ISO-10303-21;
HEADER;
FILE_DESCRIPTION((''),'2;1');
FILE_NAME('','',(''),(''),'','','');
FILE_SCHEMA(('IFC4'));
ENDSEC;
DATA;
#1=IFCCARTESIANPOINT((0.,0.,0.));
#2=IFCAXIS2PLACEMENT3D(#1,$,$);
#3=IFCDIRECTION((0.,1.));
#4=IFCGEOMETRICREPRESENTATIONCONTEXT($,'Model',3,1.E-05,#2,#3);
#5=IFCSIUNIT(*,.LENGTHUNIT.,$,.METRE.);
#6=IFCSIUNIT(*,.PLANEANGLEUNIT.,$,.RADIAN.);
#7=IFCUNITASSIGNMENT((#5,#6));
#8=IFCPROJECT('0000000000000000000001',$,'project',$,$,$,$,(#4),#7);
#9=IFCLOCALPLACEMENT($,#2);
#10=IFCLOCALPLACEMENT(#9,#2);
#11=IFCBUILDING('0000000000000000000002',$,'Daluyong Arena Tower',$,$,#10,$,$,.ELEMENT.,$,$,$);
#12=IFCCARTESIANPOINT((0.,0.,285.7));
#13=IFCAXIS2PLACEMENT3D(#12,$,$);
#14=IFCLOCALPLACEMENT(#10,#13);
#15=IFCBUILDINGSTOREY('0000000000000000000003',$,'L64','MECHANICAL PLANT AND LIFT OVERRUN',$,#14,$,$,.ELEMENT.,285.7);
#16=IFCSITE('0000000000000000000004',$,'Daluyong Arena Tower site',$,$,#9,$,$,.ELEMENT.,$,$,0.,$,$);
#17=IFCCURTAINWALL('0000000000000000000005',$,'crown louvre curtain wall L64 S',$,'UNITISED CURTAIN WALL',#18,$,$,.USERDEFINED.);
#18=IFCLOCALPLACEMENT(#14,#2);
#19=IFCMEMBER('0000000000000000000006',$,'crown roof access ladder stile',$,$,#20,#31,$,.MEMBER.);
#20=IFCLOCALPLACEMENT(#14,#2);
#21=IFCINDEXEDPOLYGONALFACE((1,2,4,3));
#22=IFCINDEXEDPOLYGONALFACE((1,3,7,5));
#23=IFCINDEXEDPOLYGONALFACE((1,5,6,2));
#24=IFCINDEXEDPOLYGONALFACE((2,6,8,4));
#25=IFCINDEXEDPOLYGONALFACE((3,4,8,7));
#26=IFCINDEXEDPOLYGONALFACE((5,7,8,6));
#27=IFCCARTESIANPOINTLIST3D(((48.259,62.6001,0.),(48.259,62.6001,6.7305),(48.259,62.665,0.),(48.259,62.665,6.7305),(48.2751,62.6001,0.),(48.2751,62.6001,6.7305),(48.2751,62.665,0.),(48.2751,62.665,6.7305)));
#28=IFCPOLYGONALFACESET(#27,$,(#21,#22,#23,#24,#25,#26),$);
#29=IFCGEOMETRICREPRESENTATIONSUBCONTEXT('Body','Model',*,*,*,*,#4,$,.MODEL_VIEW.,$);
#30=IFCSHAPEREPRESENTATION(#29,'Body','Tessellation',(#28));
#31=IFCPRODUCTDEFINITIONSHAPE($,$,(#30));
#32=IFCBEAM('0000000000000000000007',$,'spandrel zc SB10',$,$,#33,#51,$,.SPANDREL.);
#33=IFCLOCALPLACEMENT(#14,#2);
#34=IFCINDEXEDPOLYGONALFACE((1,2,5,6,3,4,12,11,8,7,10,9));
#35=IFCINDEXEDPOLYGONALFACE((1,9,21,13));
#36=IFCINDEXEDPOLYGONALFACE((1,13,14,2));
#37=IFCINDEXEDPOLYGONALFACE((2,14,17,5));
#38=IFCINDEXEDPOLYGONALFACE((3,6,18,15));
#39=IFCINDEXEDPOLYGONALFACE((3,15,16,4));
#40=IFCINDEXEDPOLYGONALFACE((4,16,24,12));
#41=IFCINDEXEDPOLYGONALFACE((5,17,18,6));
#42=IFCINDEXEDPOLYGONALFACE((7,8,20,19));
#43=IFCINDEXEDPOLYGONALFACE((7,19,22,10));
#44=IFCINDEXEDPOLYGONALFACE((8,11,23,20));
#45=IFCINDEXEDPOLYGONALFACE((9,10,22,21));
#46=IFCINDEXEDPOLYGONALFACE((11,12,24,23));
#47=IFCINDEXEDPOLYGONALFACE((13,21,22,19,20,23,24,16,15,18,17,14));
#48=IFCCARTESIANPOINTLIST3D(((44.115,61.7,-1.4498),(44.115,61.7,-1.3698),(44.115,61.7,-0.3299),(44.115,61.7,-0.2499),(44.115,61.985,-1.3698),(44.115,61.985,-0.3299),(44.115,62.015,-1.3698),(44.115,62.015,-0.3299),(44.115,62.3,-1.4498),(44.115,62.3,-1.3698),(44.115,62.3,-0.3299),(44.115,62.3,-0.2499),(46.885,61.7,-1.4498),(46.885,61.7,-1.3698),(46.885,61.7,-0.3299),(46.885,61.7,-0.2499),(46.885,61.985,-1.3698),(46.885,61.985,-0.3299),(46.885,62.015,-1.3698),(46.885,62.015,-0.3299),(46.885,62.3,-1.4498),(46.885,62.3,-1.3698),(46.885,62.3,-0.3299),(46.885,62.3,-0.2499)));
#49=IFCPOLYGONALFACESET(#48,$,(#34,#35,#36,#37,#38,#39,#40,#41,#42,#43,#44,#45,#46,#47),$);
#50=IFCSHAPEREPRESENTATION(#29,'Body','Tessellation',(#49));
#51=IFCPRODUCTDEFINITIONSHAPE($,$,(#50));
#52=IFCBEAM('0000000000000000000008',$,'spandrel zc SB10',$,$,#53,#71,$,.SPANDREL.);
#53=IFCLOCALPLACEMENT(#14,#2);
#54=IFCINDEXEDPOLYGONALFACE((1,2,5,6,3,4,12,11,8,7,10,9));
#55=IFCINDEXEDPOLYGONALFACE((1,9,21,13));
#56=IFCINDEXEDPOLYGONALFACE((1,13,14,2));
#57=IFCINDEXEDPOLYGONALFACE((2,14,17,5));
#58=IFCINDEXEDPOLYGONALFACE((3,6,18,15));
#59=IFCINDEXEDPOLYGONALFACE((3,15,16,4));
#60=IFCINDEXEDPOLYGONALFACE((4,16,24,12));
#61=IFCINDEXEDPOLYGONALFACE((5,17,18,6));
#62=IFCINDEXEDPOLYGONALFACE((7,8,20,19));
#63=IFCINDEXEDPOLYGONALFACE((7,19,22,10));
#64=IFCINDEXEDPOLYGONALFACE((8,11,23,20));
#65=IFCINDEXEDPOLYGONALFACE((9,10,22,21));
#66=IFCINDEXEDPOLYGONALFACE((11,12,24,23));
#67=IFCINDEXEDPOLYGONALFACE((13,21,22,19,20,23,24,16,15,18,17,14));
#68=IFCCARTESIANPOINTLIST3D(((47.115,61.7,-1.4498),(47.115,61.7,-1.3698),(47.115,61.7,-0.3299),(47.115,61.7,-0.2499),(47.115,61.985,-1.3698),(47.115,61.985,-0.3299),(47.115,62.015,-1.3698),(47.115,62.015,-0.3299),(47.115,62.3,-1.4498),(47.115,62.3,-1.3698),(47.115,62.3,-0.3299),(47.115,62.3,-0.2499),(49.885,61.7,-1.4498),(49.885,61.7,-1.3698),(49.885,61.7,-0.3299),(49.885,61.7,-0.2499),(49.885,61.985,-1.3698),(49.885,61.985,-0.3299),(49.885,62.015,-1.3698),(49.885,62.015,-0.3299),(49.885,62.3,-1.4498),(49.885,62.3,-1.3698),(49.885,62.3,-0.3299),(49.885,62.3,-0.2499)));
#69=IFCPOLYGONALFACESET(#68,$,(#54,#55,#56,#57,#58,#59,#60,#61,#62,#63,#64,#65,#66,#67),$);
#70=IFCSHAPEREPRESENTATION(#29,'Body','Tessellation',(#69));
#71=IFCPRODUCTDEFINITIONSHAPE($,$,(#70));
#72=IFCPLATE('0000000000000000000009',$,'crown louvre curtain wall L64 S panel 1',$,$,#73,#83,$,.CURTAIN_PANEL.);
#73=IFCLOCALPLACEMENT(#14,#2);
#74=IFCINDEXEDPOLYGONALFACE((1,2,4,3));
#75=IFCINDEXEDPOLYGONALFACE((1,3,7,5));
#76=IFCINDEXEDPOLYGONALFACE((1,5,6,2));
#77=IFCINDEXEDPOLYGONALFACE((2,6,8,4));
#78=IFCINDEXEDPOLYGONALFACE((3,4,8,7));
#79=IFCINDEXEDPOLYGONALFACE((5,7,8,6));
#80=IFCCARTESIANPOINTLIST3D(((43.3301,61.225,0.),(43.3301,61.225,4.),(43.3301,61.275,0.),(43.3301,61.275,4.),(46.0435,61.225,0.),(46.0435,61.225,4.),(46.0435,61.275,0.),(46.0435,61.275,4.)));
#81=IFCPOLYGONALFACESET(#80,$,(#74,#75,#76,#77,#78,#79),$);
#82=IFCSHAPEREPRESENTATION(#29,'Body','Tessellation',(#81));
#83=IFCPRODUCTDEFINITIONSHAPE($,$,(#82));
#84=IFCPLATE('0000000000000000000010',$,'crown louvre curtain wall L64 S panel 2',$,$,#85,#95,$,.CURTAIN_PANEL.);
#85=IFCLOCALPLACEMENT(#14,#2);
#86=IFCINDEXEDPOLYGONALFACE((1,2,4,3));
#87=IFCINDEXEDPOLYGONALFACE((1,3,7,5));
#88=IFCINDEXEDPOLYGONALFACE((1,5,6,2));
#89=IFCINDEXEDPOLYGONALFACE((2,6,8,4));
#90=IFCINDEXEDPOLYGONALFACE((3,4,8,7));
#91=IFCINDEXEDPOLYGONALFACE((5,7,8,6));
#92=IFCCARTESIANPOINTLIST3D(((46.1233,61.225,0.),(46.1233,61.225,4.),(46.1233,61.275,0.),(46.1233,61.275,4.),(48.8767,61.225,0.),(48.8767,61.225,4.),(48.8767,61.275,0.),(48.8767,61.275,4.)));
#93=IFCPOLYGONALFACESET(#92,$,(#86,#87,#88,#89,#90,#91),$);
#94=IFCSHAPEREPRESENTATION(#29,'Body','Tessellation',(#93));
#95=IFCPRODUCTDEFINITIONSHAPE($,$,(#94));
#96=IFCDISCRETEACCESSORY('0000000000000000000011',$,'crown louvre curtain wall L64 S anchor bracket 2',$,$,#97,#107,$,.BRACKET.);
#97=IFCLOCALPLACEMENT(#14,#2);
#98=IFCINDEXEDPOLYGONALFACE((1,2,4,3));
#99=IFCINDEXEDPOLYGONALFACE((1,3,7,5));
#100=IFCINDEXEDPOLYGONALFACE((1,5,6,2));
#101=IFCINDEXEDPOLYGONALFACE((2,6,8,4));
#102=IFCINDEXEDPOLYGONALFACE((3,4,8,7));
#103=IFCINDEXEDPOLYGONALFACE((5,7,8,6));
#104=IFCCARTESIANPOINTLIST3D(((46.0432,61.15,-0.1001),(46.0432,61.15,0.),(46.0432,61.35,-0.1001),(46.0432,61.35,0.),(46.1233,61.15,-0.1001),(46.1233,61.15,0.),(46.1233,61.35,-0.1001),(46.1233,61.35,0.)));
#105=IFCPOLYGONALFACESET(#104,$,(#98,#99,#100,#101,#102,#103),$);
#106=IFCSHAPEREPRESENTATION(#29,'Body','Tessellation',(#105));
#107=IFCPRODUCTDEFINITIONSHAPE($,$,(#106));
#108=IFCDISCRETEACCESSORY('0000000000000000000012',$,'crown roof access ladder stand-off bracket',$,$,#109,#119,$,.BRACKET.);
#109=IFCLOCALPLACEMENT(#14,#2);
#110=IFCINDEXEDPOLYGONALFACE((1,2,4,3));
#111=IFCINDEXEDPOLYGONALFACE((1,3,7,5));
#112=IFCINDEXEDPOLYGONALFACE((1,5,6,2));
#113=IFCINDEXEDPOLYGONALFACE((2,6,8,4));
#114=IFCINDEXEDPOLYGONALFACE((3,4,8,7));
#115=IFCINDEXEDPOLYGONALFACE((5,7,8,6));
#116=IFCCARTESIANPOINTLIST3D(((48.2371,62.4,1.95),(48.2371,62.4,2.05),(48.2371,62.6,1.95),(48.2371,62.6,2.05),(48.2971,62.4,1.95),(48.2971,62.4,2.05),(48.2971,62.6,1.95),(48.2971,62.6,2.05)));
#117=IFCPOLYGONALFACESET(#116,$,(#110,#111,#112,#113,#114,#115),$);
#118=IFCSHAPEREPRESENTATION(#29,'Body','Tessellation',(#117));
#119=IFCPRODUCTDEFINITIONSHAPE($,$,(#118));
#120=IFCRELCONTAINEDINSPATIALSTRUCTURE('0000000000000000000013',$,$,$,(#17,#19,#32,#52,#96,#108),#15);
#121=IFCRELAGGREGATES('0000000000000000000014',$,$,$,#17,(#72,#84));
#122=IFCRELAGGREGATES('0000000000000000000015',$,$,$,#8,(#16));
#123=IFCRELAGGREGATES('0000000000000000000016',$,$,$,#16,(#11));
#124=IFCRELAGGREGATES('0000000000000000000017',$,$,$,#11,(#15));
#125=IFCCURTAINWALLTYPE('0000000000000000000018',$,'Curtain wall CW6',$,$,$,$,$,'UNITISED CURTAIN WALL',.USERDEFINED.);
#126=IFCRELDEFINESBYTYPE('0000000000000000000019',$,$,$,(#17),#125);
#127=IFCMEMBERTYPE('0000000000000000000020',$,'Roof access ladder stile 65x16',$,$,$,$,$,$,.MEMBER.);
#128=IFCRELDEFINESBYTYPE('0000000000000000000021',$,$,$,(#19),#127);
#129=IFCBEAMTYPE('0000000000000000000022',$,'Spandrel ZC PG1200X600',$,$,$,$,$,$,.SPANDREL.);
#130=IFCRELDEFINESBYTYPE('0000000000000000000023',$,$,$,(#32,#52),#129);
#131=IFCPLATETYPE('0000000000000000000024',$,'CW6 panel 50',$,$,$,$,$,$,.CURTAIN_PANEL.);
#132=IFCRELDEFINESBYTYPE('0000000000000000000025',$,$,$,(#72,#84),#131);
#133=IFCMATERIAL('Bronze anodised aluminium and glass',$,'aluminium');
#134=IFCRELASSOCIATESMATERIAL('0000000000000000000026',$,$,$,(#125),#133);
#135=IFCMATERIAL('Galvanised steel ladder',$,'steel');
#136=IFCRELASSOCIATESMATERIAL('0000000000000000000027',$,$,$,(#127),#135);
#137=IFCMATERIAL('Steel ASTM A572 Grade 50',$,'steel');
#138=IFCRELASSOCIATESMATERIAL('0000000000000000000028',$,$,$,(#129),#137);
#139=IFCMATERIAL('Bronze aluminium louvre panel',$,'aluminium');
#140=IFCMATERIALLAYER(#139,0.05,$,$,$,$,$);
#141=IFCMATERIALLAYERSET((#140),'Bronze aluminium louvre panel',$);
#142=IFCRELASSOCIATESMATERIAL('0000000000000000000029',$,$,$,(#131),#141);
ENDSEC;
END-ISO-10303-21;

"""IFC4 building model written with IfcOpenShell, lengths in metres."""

from ifc_helpers import new_model, si_unit, direction, frame, origin, origin_2d, place, context, subcontext, project, spatial, rectangle, i_section, extrude, material, layer, layer_set, material_profile, profile_set, type_object, element, aggregate, save


model = new_model("IFC4")

# Units and contexts
model_context = context("Model", 3, precision=1e-05, world=origin(), true_north=direction((0.0, 1.0)))
body_context = subcontext(model_context, "Body", "Model", "MODEL_VIEW")
ifc_project = project(units=[si_unit("LENGTHUNIT", "METRE"), si_unit("PLANEANGLEUNIT", "RADIAN")], contexts=[model_context])

# Site, building, storey
site_placement = place(None, origin())
site = spatial("IfcSite", under=ifc_project, at=site_placement, Name="Daluyong Arena Tower site", CompositionType="ELEMENT", RefElevation=0.0)
building_placement = place(site_placement, origin())
building = spatial("IfcBuilding", under=site, at=building_placement, Name="Daluyong Arena Tower", CompositionType="ELEMENT")
storey_placement = place(building_placement, frame((0.0, 0.0, 285.7)))
storey = spatial("IfcBuildingStorey", under=building, at=storey_placement, Name="L64", Description="MECHANICAL PLANT AND LIFT OVERRUN", CompositionType="ELEMENT", Elevation=285.7)

# Curtain wall
ifc_material_1 = material(Name="Bronze anodised aluminium and glass", Category="aluminium")
curtain_wall_type = type_object("IfcCurtainWallType", Name="Curtain wall CW6", ElementType="UNITISED CURTAIN WALL", PredefinedType="USERDEFINED", material=ifc_material_1)
curtain_wall_1_placement = place(storey_placement, origin())
curtain_wall_1 = element("IfcCurtainWall", 1, at=curtain_wall_1_placement, inside=storey, type_object=curtain_wall_type, Name="crown louvre curtain wall L64 S", ObjectType="UNITISED CURTAIN WALL", PredefinedType="USERDEFINED")

# Member
ifc_material_2 = material(Name="Galvanised steel ladder", Category="steel")
ifc_material_profile_1 = material_profile(ifc_material_2, rectangle(XDim=0.0161, YDim=0.0649, at=origin_2d()))
ifc_profile_set_1 = profile_set([ifc_material_profile_1], Name="Galvanised steel ladder")
member_type_1 = type_object("IfcMemberType", Name="Roof access ladder stile 65x16", PredefinedType="MEMBER", material=ifc_profile_set_1)
member_1_placement = place(storey_placement, frame((48.2671, 62.6326, 0.0), z_axis=(0.0, 0.0, 1.0), x_axis=(1.0, 0.0, 0.0)))
element("IfcMember", 2, at=member_1_placement, inside=storey, type_object=member_type_1, Name="crown roof access ladder stile", PredefinedType="MEMBER", context=body_context, shape_type="SweptSolid", body=[
    extrude(rectangle(XDim=0.0161, YDim=0.0649, at=origin_2d()), origin(), (0.0, 0.0, 1.0), 6.7305),
])

# Beams
ifc_material_3 = material(Name="Steel ASTM A572 Grade 50", Category="steel")
ifc_material_profile_2 = material_profile(ifc_material_3, i_section(OverallWidth=0.6001, OverallDepth=1.2, WebThickness=0.03, FlangeThickness=0.08, at=origin_2d()))
ifc_profile_set_2 = profile_set([ifc_material_profile_2], Name="Steel ASTM A572 Grade 50")
beam_type_1 = type_object("IfcBeamType", Name="Spandrel ZC PG1200X600", PredefinedType="SPANDREL", material=ifc_profile_set_2)
for number, where, z_axis, x_axis, name in (
    (3, (44.115, 62.0, -0.8499), (1.0, 0.0, 0.0), (0.0, 1.0, 0.0), "spandrel zc SB10"),
    (4, (47.115, 62.0, -0.8499), (1.0, 0.0, 0.0), (0.0, 1.0, 0.0), "spandrel zc SB10"),
):
    element("IfcBeam", number, at=place(storey_placement, frame(where, z_axis=z_axis, x_axis=x_axis)), inside=storey, type_object=beam_type_1, Name=name, PredefinedType="SPANDREL", context=body_context, shape_type="SweptSolid", body=[
        extrude(i_section(OverallWidth=0.6001, OverallDepth=1.2, WebThickness=0.03, FlangeThickness=0.08, at=origin_2d()), origin(), (0.0, 0.0, 1.0), 2.77),
    ])

# Plates
ifc_material_4 = material(Name="Bronze aluminium louvre panel", Category="aluminium")
ifc_layer = layer(ifc_material_4, 0.05)
ifc_layer_set = layer_set([ifc_layer], Name="Bronze aluminium louvre panel")
plate_type = type_object("IfcPlateType", Name="CW6 panel 50", PredefinedType="CURTAIN_PANEL", material=ifc_layer_set)
plate_1_placement = place(storey_placement, frame((44.6868, 61.25, 0.0), z_axis=(0.0, 0.0, 1.0), x_axis=(1.0, 0.0, 0.0)))
plate_1 = element("IfcPlate", 5, at=plate_1_placement, type_object=plate_type, Name="crown louvre curtain wall L64 S panel 1", PredefinedType="CURTAIN_PANEL", context=body_context, shape_type="SweptSolid", body=[
    extrude(rectangle(XDim=2.7134, YDim=0.05, at=origin_2d()), origin(), (0.0, 0.0, 1.0), 4.0),
])
plate_2_placement = place(storey_placement, frame((47.5, 61.25, 0.0), z_axis=(0.0, 0.0, 1.0), x_axis=(1.0, 0.0, 0.0)))
plate_2 = element("IfcPlate", 6, at=plate_2_placement, type_object=plate_type, Name="crown louvre curtain wall L64 S panel 2", PredefinedType="CURTAIN_PANEL", context=body_context, shape_type="SweptSolid", body=[
    extrude(rectangle(XDim=2.7534, YDim=0.05, at=origin_2d()), origin(), (0.0, 0.0, 1.0), 4.0),
])
aggregate(curtain_wall_1, [plate_1, plate_2])

# Discrete accessories
discrete_accessory_1_placement = place(storey_placement, frame((46.0833, 61.25, -0.1001), z_axis=(0.0, 0.0, 1.0), x_axis=(1.0, 0.0, 0.0)))
element("IfcDiscreteAccessory", 7, at=discrete_accessory_1_placement, inside=storey, Name="crown louvre curtain wall L64 S anchor bracket 2", PredefinedType="BRACKET", context=body_context, shape_type="SweptSolid", body=[
    extrude(rectangle(XDim=0.0801, YDim=0.2, at=origin_2d()), origin(), (0.0, 0.0, 1.0), 0.1001),
])
discrete_accessory_2_placement = place(storey_placement, frame((48.2671, 62.5, 1.95), z_axis=(0.0, 0.0, 1.0), x_axis=(1.0, 0.0, 0.0)))
element("IfcDiscreteAccessory", 8, at=discrete_accessory_2_placement, inside=storey, Name="crown roof access ladder stand-off bracket", PredefinedType="BRACKET", context=body_context, shape_type="SweptSolid", body=[
    extrude(rectangle(XDim=0.0601, YDim=0.2, at=origin_2d()), origin(), (0.0, 0.0, 1.0), 0.1001),
])

save(model, "model.ifc")
